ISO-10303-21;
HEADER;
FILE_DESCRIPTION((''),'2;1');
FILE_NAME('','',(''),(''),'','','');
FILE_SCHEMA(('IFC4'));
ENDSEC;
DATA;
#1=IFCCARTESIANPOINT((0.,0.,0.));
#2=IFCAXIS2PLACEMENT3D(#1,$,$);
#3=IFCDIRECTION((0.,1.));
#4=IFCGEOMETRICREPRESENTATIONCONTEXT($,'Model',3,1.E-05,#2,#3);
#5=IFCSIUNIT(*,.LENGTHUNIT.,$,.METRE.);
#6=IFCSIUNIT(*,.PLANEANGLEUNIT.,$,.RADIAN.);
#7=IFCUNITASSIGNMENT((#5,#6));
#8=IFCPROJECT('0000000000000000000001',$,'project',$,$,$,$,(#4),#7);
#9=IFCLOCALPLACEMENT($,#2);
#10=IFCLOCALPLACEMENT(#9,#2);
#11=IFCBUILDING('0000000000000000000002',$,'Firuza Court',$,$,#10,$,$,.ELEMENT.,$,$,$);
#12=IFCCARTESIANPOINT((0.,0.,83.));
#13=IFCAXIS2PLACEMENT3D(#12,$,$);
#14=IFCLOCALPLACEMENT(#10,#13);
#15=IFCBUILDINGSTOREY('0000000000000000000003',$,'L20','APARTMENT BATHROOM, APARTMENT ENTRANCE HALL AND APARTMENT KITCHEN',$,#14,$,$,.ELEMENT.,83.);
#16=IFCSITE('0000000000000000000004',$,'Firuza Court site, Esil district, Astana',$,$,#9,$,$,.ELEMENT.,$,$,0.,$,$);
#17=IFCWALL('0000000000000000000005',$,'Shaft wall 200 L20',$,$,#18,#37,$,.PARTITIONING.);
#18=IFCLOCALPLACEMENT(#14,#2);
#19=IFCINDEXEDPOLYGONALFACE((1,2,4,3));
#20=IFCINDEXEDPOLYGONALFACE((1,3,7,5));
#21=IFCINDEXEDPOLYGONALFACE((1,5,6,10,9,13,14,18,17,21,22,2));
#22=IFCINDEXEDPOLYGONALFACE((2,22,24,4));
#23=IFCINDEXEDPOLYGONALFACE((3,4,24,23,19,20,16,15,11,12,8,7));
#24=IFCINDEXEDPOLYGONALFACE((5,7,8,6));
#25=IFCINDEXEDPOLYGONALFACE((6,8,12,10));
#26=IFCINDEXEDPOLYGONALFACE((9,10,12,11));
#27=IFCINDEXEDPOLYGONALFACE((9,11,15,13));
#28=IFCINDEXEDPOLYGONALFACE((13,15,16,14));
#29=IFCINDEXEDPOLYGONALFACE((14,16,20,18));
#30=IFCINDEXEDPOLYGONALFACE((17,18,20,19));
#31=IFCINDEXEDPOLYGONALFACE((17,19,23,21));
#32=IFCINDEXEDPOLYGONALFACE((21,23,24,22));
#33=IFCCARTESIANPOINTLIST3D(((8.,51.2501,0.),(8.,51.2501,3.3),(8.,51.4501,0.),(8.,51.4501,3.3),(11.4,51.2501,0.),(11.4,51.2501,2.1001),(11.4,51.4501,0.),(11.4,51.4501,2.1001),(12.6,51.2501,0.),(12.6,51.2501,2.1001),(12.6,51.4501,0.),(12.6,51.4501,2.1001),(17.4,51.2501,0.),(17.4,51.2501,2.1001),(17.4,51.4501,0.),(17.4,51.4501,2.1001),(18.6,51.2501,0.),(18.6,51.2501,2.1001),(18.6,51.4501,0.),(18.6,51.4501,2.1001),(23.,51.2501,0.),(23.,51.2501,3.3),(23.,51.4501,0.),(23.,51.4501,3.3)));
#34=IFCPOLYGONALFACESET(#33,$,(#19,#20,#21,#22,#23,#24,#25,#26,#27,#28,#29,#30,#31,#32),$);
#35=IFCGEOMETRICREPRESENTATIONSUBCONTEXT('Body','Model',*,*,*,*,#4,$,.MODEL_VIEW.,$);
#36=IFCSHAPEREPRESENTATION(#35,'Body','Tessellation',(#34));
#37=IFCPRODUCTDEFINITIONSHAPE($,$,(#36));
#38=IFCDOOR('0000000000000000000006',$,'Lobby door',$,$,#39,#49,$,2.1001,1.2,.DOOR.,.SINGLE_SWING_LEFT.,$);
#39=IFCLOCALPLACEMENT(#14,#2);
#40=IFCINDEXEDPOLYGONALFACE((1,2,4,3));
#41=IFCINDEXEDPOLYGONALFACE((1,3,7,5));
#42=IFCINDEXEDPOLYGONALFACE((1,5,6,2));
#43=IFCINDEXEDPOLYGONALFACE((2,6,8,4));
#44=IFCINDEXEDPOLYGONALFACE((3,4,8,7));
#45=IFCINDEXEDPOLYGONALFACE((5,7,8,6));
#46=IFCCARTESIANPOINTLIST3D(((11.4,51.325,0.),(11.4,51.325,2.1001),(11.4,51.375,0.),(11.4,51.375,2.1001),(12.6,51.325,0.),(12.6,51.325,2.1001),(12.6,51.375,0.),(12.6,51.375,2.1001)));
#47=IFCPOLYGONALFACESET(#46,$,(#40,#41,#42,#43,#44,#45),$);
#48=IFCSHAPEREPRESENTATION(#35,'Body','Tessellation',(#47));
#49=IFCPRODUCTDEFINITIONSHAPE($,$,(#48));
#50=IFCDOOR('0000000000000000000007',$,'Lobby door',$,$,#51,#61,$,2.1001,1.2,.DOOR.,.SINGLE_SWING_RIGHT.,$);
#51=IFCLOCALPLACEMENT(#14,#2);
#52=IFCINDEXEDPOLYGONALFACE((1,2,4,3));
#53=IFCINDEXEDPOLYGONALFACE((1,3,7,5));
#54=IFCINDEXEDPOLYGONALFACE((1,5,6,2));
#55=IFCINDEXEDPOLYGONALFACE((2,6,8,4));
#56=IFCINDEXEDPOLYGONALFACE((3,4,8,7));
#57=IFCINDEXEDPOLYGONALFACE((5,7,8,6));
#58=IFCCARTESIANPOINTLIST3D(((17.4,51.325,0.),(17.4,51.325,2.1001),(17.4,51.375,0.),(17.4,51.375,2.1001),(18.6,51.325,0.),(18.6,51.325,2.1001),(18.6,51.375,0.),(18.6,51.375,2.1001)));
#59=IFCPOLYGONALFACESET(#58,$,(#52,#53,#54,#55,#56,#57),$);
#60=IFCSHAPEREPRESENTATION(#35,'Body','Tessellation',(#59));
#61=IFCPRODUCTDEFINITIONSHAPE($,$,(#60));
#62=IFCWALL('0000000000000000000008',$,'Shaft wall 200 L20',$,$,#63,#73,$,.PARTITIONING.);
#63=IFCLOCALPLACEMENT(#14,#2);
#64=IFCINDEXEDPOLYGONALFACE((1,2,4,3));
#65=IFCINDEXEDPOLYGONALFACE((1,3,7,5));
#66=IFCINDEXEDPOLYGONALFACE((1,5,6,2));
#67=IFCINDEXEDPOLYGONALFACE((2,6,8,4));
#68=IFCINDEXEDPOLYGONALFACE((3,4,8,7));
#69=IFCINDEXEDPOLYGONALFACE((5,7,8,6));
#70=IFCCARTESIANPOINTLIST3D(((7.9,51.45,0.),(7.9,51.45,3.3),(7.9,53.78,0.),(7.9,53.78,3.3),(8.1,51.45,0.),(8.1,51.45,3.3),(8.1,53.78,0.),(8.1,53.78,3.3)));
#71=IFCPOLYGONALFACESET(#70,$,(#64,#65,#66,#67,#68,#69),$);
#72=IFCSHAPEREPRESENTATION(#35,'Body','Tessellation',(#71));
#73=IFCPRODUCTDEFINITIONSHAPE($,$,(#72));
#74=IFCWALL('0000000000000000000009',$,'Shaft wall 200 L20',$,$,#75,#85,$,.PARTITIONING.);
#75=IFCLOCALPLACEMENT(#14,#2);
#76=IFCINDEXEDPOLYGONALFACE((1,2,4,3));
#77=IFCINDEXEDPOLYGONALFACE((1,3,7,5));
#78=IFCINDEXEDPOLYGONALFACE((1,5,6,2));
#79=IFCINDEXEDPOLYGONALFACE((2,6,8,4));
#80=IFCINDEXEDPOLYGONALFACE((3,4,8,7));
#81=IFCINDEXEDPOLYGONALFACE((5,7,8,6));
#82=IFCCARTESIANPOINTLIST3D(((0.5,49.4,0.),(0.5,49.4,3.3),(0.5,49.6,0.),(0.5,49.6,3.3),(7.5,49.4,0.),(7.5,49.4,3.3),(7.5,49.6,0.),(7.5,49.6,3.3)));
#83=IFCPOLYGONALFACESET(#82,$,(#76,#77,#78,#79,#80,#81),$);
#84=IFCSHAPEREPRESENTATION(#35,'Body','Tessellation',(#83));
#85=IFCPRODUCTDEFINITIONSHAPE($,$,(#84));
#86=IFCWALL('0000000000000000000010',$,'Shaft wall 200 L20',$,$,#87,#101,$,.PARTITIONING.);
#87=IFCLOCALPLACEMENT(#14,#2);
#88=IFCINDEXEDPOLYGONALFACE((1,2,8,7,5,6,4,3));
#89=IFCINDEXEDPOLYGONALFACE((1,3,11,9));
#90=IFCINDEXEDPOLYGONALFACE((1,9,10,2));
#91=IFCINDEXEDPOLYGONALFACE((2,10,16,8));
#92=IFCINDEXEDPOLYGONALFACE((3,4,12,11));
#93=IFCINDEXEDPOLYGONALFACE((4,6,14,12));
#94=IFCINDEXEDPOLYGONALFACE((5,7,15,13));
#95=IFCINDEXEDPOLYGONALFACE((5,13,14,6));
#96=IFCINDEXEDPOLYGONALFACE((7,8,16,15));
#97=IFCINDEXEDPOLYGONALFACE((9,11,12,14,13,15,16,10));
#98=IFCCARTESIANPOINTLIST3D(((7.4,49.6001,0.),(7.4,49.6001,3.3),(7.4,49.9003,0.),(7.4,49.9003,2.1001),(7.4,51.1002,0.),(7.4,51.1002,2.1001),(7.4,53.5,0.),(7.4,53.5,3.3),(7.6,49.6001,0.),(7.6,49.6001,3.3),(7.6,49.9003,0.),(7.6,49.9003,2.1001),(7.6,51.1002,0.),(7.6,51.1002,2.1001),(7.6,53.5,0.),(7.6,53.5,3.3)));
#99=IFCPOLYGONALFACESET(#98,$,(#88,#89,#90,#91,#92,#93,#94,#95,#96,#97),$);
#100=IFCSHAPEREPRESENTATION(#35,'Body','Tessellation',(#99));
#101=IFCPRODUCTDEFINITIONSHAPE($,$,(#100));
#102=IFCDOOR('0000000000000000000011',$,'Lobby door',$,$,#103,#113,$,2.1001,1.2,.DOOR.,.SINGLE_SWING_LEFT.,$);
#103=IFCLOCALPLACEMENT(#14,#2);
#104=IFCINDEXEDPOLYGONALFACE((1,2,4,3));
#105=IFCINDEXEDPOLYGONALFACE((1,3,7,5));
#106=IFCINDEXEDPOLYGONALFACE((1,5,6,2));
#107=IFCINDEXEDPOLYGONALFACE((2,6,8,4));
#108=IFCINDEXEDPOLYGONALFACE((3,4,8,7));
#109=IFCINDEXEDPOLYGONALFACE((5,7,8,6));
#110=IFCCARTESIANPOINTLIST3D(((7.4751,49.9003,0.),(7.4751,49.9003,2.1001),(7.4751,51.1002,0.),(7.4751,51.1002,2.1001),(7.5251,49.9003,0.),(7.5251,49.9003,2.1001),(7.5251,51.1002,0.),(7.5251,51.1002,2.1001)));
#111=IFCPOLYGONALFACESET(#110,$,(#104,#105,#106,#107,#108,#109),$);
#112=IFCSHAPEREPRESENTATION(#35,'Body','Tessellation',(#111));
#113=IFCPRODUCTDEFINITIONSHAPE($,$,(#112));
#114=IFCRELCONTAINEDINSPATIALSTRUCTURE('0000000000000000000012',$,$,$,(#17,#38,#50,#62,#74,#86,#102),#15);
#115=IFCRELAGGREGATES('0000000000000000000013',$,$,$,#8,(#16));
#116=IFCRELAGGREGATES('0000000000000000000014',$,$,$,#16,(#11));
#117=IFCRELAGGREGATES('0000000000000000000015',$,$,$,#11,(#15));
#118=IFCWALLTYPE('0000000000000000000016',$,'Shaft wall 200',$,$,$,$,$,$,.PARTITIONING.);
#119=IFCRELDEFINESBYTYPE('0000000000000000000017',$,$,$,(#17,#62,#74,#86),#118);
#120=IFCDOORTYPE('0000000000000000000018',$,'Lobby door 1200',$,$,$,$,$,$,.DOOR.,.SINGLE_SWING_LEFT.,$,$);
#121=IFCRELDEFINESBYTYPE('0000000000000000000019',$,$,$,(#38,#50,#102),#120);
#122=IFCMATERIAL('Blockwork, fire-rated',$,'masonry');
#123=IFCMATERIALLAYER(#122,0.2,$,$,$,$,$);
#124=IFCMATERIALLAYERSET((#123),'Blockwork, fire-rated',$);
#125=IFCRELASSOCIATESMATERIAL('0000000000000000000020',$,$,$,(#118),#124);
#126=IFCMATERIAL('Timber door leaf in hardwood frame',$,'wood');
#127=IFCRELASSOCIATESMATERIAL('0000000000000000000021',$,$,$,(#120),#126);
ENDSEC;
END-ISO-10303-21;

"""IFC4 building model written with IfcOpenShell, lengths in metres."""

from ifc_helpers import new_model, si_unit, direction, frame, frame_2d, origin, place, context, subcontext, project, spatial, rectangle, extrude, material, layer, layer_set, type_object, element, fill, save


model = new_model("IFC4")

# Units and contexts
model_context = context("Model", 3, precision=1e-05, world=origin(), true_north=direction((0.0, 1.0)))
body_context = subcontext(model_context, "Body", "Model", "MODEL_VIEW")
ifc_project = project(units=[si_unit("LENGTHUNIT", "METRE"), si_unit("PLANEANGLEUNIT", "RADIAN")], contexts=[model_context])

# Site, building, storey
site_placement = place(None, origin())
site = spatial("IfcSite", under=ifc_project, at=site_placement, Name="Firuza Court site, Esil district, Astana", CompositionType="ELEMENT", RefElevation=0.0)
building_placement = place(site_placement, origin())
building = spatial("IfcBuilding", under=site, at=building_placement, Name="Firuza Court", CompositionType="ELEMENT")
storey_placement = place(building_placement, frame((0.0, 0.0, 83.0)))
storey = spatial("IfcBuildingStorey", under=building, at=storey_placement, Name="L20", Description="APARTMENT BATHROOM, APARTMENT ENTRANCE HALL AND APARTMENT KITCHEN", CompositionType="ELEMENT", Elevation=83.0)

# Wall, openings, doors
ifc_material_1 = material(Name="Blockwork, fire-rated", Category="masonry")
ifc_layer_1 = layer(ifc_material_1, 0.2)
ifc_layer_set_1 = layer_set([ifc_layer_1], Name="Blockwork, fire-rated")
wall_type_1 = type_object("IfcWallType", Name="Shaft wall 200", PredefinedType="PARTITIONING", material=ifc_layer_set_1)
wall_1_placement = place(storey_placement, frame((8.0, 51.3501, 0.0), z_axis=(0.0, 0.0, 1.0), x_axis=(1.0, 0.0, 0.0)))
wall_1 = element("IfcWall", 1, at=wall_1_placement, inside=storey, type_object=wall_type_1, Name="Shaft wall 200 L20", PredefinedType="PARTITIONING", context=body_context, shape_type="SweptSolid", body=[
    extrude(rectangle(XDim=15.0, YDim=0.2, at=frame_2d((7.5, 0.0))), origin(), (0.0, 0.0, 1.0), 3.3),
])
opening_1_placement = place(wall_1_placement, frame((3.3999, 0.0, 0.0)))
opening_1 = element("IfcOpeningElement", 2, at=opening_1_placement, cuts=wall_1, PredefinedType="OPENING", context=body_context, shape_type="SweptSolid", body=[
    extrude(rectangle(XDim=1.2, YDim=2.1001, at=frame_2d((0.6001, 1.05))), frame((0.0, 0.1118, 0.0), z_axis=(0.0, -1.0, 0.0), x_axis=(1.0, 0.0, 0.0)), (0.0, 0.0, 1.0), 0.2239),
])
opening_2_placement = place(wall_1_placement, frame((9.3999, 0.0, 0.0)))
opening_2 = element("IfcOpeningElement", 3, at=opening_2_placement, cuts=wall_1, PredefinedType="OPENING", context=body_context, shape_type="SweptSolid", body=[
    extrude(rectangle(XDim=1.2, YDim=2.1001, at=frame_2d((0.6001, 1.05))), frame((0.0, 0.1118, 0.0), z_axis=(0.0, -1.0, 0.0), x_axis=(1.0, 0.0, 0.0)), (0.0, 0.0, 1.0), 0.2239),
])
ifc_material_2 = material(Name="Timber door leaf in hardwood frame", Category="wood")
door_type_1 = type_object("IfcDoorType", Name="Lobby door 1200", OperationType="SINGLE_SWING_LEFT", PredefinedType="DOOR", material=ifc_material_2)
door_1_placement = place(opening_1_placement, origin())
door_1 = element("IfcDoor", 4, at=door_1_placement, inside=storey, type_object=door_type_1, Name="Lobby door", OperationType="SINGLE_SWING_LEFT", OverallHeight=2.1001, OverallWidth=1.2, PredefinedType="DOOR", context=body_context, shape_type="SweptSolid", body=[
    extrude(rectangle(XDim=1.2, YDim=2.1001, at=frame_2d((0.6001, 1.05))), frame((0.0, 0.0249, 0.0), z_axis=(0.0, -1.0, 0.0), x_axis=(1.0, 0.0, 0.0)), (0.0, 0.0, 1.0), 0.05),
])
fill(opening_1, door_1)
door_2_placement = place(opening_2_placement, origin())
door_2 = element("IfcDoor", 5, at=door_2_placement, inside=storey, type_object=door_type_1, Name="Lobby door", OperationType="SINGLE_SWING_RIGHT", OverallHeight=2.1001, OverallWidth=1.2, PredefinedType="DOOR", context=body_context, shape_type="SweptSolid", body=[
    extrude(rectangle(XDim=1.2, YDim=2.1001, at=frame_2d((0.6001, 1.05))), frame((0.0, 0.0249, 0.0), z_axis=(0.0, -1.0, 0.0), x_axis=(1.0, 0.0, 0.0)), (0.0, 0.0, 1.0), 0.05),
])
fill(opening_2, door_2)

# Walls
wall_2_placement = place(storey_placement, frame((8.0, 51.45, 0.0), z_axis=(0.0, 0.0, 1.0), x_axis=(0.0, 1.0, 0.0)))
element("IfcWall", 6, at=wall_2_placement, inside=storey, type_object=wall_type_1, Name="Shaft wall 200 L20", PredefinedType="PARTITIONING", context=body_context, shape_type="SweptSolid", body=[
    extrude(rectangle(XDim=2.3301, YDim=0.2, at=frame_2d((1.165, 0.0))), origin(), (0.0, 0.0, 1.0), 3.3),
])
wall_3_placement = place(storey_placement, frame((0.5, 49.5, 0.0), z_axis=(0.0, 0.0, 1.0), x_axis=(1.0, 0.0, 0.0)))
element("IfcWall", 7, at=wall_3_placement, inside=storey, type_object=wall_type_1, Name="Shaft wall 200 L20", PredefinedType="PARTITIONING", context=body_context, shape_type="SweptSolid", body=[
    extrude(rectangle(XDim=7.0, YDim=0.2, at=frame_2d((3.5, 0.0))), origin(), (0.0, 0.0, 1.0), 3.3),
])

# Wall, opening, door
wall_4_placement = place(storey_placement, frame((7.5, 49.6001, 0.0), z_axis=(0.0, 0.0, 1.0), x_axis=(0.0, 1.0, 0.0)))
wall_4 = element("IfcWall", 8, at=wall_4_placement, inside=storey, type_object=wall_type_1, Name="Shaft wall 200 L20", PredefinedType="PARTITIONING", context=body_context, shape_type="SweptSolid", body=[
    extrude(rectangle(XDim=3.8999, YDim=0.2, at=frame_2d((1.95, 0.0))), origin(), (0.0, 0.0, 1.0), 3.3),
])
opening_3_placement = place(wall_4_placement, frame((0.3, 0.0, 0.0)))
opening_3 = element("IfcOpeningElement", 9, at=opening_3_placement, cuts=wall_4, PredefinedType="OPENING", context=body_context, shape_type="SweptSolid", body=[
    extrude(rectangle(XDim=1.2, YDim=2.1001, at=frame_2d((0.6001, 1.05))), frame((0.0, 0.1118, 0.0), z_axis=(0.0, -1.0, 0.0), x_axis=(1.0, 0.0, 0.0)), (0.0, 0.0, 1.0), 0.2239),
])
door_3_placement = place(opening_3_placement, origin())
door_3 = element("IfcDoor", 10, at=door_3_placement, inside=storey, type_object=door_type_1, Name="Lobby door", OperationType="SINGLE_SWING_LEFT", OverallHeight=2.1001, OverallWidth=1.2, PredefinedType="DOOR", context=body_context, shape_type="SweptSolid", body=[
    extrude(rectangle(XDim=1.2, YDim=2.1001, at=frame_2d((0.6001, 1.05))), frame((0.0, 0.0249, 0.0), z_axis=(0.0, -1.0, 0.0), x_axis=(1.0, 0.0, 0.0)), (0.0, 0.0, 1.0), 0.05),
])
fill(opening_3, door_3)

save(model, "model.ifc")
